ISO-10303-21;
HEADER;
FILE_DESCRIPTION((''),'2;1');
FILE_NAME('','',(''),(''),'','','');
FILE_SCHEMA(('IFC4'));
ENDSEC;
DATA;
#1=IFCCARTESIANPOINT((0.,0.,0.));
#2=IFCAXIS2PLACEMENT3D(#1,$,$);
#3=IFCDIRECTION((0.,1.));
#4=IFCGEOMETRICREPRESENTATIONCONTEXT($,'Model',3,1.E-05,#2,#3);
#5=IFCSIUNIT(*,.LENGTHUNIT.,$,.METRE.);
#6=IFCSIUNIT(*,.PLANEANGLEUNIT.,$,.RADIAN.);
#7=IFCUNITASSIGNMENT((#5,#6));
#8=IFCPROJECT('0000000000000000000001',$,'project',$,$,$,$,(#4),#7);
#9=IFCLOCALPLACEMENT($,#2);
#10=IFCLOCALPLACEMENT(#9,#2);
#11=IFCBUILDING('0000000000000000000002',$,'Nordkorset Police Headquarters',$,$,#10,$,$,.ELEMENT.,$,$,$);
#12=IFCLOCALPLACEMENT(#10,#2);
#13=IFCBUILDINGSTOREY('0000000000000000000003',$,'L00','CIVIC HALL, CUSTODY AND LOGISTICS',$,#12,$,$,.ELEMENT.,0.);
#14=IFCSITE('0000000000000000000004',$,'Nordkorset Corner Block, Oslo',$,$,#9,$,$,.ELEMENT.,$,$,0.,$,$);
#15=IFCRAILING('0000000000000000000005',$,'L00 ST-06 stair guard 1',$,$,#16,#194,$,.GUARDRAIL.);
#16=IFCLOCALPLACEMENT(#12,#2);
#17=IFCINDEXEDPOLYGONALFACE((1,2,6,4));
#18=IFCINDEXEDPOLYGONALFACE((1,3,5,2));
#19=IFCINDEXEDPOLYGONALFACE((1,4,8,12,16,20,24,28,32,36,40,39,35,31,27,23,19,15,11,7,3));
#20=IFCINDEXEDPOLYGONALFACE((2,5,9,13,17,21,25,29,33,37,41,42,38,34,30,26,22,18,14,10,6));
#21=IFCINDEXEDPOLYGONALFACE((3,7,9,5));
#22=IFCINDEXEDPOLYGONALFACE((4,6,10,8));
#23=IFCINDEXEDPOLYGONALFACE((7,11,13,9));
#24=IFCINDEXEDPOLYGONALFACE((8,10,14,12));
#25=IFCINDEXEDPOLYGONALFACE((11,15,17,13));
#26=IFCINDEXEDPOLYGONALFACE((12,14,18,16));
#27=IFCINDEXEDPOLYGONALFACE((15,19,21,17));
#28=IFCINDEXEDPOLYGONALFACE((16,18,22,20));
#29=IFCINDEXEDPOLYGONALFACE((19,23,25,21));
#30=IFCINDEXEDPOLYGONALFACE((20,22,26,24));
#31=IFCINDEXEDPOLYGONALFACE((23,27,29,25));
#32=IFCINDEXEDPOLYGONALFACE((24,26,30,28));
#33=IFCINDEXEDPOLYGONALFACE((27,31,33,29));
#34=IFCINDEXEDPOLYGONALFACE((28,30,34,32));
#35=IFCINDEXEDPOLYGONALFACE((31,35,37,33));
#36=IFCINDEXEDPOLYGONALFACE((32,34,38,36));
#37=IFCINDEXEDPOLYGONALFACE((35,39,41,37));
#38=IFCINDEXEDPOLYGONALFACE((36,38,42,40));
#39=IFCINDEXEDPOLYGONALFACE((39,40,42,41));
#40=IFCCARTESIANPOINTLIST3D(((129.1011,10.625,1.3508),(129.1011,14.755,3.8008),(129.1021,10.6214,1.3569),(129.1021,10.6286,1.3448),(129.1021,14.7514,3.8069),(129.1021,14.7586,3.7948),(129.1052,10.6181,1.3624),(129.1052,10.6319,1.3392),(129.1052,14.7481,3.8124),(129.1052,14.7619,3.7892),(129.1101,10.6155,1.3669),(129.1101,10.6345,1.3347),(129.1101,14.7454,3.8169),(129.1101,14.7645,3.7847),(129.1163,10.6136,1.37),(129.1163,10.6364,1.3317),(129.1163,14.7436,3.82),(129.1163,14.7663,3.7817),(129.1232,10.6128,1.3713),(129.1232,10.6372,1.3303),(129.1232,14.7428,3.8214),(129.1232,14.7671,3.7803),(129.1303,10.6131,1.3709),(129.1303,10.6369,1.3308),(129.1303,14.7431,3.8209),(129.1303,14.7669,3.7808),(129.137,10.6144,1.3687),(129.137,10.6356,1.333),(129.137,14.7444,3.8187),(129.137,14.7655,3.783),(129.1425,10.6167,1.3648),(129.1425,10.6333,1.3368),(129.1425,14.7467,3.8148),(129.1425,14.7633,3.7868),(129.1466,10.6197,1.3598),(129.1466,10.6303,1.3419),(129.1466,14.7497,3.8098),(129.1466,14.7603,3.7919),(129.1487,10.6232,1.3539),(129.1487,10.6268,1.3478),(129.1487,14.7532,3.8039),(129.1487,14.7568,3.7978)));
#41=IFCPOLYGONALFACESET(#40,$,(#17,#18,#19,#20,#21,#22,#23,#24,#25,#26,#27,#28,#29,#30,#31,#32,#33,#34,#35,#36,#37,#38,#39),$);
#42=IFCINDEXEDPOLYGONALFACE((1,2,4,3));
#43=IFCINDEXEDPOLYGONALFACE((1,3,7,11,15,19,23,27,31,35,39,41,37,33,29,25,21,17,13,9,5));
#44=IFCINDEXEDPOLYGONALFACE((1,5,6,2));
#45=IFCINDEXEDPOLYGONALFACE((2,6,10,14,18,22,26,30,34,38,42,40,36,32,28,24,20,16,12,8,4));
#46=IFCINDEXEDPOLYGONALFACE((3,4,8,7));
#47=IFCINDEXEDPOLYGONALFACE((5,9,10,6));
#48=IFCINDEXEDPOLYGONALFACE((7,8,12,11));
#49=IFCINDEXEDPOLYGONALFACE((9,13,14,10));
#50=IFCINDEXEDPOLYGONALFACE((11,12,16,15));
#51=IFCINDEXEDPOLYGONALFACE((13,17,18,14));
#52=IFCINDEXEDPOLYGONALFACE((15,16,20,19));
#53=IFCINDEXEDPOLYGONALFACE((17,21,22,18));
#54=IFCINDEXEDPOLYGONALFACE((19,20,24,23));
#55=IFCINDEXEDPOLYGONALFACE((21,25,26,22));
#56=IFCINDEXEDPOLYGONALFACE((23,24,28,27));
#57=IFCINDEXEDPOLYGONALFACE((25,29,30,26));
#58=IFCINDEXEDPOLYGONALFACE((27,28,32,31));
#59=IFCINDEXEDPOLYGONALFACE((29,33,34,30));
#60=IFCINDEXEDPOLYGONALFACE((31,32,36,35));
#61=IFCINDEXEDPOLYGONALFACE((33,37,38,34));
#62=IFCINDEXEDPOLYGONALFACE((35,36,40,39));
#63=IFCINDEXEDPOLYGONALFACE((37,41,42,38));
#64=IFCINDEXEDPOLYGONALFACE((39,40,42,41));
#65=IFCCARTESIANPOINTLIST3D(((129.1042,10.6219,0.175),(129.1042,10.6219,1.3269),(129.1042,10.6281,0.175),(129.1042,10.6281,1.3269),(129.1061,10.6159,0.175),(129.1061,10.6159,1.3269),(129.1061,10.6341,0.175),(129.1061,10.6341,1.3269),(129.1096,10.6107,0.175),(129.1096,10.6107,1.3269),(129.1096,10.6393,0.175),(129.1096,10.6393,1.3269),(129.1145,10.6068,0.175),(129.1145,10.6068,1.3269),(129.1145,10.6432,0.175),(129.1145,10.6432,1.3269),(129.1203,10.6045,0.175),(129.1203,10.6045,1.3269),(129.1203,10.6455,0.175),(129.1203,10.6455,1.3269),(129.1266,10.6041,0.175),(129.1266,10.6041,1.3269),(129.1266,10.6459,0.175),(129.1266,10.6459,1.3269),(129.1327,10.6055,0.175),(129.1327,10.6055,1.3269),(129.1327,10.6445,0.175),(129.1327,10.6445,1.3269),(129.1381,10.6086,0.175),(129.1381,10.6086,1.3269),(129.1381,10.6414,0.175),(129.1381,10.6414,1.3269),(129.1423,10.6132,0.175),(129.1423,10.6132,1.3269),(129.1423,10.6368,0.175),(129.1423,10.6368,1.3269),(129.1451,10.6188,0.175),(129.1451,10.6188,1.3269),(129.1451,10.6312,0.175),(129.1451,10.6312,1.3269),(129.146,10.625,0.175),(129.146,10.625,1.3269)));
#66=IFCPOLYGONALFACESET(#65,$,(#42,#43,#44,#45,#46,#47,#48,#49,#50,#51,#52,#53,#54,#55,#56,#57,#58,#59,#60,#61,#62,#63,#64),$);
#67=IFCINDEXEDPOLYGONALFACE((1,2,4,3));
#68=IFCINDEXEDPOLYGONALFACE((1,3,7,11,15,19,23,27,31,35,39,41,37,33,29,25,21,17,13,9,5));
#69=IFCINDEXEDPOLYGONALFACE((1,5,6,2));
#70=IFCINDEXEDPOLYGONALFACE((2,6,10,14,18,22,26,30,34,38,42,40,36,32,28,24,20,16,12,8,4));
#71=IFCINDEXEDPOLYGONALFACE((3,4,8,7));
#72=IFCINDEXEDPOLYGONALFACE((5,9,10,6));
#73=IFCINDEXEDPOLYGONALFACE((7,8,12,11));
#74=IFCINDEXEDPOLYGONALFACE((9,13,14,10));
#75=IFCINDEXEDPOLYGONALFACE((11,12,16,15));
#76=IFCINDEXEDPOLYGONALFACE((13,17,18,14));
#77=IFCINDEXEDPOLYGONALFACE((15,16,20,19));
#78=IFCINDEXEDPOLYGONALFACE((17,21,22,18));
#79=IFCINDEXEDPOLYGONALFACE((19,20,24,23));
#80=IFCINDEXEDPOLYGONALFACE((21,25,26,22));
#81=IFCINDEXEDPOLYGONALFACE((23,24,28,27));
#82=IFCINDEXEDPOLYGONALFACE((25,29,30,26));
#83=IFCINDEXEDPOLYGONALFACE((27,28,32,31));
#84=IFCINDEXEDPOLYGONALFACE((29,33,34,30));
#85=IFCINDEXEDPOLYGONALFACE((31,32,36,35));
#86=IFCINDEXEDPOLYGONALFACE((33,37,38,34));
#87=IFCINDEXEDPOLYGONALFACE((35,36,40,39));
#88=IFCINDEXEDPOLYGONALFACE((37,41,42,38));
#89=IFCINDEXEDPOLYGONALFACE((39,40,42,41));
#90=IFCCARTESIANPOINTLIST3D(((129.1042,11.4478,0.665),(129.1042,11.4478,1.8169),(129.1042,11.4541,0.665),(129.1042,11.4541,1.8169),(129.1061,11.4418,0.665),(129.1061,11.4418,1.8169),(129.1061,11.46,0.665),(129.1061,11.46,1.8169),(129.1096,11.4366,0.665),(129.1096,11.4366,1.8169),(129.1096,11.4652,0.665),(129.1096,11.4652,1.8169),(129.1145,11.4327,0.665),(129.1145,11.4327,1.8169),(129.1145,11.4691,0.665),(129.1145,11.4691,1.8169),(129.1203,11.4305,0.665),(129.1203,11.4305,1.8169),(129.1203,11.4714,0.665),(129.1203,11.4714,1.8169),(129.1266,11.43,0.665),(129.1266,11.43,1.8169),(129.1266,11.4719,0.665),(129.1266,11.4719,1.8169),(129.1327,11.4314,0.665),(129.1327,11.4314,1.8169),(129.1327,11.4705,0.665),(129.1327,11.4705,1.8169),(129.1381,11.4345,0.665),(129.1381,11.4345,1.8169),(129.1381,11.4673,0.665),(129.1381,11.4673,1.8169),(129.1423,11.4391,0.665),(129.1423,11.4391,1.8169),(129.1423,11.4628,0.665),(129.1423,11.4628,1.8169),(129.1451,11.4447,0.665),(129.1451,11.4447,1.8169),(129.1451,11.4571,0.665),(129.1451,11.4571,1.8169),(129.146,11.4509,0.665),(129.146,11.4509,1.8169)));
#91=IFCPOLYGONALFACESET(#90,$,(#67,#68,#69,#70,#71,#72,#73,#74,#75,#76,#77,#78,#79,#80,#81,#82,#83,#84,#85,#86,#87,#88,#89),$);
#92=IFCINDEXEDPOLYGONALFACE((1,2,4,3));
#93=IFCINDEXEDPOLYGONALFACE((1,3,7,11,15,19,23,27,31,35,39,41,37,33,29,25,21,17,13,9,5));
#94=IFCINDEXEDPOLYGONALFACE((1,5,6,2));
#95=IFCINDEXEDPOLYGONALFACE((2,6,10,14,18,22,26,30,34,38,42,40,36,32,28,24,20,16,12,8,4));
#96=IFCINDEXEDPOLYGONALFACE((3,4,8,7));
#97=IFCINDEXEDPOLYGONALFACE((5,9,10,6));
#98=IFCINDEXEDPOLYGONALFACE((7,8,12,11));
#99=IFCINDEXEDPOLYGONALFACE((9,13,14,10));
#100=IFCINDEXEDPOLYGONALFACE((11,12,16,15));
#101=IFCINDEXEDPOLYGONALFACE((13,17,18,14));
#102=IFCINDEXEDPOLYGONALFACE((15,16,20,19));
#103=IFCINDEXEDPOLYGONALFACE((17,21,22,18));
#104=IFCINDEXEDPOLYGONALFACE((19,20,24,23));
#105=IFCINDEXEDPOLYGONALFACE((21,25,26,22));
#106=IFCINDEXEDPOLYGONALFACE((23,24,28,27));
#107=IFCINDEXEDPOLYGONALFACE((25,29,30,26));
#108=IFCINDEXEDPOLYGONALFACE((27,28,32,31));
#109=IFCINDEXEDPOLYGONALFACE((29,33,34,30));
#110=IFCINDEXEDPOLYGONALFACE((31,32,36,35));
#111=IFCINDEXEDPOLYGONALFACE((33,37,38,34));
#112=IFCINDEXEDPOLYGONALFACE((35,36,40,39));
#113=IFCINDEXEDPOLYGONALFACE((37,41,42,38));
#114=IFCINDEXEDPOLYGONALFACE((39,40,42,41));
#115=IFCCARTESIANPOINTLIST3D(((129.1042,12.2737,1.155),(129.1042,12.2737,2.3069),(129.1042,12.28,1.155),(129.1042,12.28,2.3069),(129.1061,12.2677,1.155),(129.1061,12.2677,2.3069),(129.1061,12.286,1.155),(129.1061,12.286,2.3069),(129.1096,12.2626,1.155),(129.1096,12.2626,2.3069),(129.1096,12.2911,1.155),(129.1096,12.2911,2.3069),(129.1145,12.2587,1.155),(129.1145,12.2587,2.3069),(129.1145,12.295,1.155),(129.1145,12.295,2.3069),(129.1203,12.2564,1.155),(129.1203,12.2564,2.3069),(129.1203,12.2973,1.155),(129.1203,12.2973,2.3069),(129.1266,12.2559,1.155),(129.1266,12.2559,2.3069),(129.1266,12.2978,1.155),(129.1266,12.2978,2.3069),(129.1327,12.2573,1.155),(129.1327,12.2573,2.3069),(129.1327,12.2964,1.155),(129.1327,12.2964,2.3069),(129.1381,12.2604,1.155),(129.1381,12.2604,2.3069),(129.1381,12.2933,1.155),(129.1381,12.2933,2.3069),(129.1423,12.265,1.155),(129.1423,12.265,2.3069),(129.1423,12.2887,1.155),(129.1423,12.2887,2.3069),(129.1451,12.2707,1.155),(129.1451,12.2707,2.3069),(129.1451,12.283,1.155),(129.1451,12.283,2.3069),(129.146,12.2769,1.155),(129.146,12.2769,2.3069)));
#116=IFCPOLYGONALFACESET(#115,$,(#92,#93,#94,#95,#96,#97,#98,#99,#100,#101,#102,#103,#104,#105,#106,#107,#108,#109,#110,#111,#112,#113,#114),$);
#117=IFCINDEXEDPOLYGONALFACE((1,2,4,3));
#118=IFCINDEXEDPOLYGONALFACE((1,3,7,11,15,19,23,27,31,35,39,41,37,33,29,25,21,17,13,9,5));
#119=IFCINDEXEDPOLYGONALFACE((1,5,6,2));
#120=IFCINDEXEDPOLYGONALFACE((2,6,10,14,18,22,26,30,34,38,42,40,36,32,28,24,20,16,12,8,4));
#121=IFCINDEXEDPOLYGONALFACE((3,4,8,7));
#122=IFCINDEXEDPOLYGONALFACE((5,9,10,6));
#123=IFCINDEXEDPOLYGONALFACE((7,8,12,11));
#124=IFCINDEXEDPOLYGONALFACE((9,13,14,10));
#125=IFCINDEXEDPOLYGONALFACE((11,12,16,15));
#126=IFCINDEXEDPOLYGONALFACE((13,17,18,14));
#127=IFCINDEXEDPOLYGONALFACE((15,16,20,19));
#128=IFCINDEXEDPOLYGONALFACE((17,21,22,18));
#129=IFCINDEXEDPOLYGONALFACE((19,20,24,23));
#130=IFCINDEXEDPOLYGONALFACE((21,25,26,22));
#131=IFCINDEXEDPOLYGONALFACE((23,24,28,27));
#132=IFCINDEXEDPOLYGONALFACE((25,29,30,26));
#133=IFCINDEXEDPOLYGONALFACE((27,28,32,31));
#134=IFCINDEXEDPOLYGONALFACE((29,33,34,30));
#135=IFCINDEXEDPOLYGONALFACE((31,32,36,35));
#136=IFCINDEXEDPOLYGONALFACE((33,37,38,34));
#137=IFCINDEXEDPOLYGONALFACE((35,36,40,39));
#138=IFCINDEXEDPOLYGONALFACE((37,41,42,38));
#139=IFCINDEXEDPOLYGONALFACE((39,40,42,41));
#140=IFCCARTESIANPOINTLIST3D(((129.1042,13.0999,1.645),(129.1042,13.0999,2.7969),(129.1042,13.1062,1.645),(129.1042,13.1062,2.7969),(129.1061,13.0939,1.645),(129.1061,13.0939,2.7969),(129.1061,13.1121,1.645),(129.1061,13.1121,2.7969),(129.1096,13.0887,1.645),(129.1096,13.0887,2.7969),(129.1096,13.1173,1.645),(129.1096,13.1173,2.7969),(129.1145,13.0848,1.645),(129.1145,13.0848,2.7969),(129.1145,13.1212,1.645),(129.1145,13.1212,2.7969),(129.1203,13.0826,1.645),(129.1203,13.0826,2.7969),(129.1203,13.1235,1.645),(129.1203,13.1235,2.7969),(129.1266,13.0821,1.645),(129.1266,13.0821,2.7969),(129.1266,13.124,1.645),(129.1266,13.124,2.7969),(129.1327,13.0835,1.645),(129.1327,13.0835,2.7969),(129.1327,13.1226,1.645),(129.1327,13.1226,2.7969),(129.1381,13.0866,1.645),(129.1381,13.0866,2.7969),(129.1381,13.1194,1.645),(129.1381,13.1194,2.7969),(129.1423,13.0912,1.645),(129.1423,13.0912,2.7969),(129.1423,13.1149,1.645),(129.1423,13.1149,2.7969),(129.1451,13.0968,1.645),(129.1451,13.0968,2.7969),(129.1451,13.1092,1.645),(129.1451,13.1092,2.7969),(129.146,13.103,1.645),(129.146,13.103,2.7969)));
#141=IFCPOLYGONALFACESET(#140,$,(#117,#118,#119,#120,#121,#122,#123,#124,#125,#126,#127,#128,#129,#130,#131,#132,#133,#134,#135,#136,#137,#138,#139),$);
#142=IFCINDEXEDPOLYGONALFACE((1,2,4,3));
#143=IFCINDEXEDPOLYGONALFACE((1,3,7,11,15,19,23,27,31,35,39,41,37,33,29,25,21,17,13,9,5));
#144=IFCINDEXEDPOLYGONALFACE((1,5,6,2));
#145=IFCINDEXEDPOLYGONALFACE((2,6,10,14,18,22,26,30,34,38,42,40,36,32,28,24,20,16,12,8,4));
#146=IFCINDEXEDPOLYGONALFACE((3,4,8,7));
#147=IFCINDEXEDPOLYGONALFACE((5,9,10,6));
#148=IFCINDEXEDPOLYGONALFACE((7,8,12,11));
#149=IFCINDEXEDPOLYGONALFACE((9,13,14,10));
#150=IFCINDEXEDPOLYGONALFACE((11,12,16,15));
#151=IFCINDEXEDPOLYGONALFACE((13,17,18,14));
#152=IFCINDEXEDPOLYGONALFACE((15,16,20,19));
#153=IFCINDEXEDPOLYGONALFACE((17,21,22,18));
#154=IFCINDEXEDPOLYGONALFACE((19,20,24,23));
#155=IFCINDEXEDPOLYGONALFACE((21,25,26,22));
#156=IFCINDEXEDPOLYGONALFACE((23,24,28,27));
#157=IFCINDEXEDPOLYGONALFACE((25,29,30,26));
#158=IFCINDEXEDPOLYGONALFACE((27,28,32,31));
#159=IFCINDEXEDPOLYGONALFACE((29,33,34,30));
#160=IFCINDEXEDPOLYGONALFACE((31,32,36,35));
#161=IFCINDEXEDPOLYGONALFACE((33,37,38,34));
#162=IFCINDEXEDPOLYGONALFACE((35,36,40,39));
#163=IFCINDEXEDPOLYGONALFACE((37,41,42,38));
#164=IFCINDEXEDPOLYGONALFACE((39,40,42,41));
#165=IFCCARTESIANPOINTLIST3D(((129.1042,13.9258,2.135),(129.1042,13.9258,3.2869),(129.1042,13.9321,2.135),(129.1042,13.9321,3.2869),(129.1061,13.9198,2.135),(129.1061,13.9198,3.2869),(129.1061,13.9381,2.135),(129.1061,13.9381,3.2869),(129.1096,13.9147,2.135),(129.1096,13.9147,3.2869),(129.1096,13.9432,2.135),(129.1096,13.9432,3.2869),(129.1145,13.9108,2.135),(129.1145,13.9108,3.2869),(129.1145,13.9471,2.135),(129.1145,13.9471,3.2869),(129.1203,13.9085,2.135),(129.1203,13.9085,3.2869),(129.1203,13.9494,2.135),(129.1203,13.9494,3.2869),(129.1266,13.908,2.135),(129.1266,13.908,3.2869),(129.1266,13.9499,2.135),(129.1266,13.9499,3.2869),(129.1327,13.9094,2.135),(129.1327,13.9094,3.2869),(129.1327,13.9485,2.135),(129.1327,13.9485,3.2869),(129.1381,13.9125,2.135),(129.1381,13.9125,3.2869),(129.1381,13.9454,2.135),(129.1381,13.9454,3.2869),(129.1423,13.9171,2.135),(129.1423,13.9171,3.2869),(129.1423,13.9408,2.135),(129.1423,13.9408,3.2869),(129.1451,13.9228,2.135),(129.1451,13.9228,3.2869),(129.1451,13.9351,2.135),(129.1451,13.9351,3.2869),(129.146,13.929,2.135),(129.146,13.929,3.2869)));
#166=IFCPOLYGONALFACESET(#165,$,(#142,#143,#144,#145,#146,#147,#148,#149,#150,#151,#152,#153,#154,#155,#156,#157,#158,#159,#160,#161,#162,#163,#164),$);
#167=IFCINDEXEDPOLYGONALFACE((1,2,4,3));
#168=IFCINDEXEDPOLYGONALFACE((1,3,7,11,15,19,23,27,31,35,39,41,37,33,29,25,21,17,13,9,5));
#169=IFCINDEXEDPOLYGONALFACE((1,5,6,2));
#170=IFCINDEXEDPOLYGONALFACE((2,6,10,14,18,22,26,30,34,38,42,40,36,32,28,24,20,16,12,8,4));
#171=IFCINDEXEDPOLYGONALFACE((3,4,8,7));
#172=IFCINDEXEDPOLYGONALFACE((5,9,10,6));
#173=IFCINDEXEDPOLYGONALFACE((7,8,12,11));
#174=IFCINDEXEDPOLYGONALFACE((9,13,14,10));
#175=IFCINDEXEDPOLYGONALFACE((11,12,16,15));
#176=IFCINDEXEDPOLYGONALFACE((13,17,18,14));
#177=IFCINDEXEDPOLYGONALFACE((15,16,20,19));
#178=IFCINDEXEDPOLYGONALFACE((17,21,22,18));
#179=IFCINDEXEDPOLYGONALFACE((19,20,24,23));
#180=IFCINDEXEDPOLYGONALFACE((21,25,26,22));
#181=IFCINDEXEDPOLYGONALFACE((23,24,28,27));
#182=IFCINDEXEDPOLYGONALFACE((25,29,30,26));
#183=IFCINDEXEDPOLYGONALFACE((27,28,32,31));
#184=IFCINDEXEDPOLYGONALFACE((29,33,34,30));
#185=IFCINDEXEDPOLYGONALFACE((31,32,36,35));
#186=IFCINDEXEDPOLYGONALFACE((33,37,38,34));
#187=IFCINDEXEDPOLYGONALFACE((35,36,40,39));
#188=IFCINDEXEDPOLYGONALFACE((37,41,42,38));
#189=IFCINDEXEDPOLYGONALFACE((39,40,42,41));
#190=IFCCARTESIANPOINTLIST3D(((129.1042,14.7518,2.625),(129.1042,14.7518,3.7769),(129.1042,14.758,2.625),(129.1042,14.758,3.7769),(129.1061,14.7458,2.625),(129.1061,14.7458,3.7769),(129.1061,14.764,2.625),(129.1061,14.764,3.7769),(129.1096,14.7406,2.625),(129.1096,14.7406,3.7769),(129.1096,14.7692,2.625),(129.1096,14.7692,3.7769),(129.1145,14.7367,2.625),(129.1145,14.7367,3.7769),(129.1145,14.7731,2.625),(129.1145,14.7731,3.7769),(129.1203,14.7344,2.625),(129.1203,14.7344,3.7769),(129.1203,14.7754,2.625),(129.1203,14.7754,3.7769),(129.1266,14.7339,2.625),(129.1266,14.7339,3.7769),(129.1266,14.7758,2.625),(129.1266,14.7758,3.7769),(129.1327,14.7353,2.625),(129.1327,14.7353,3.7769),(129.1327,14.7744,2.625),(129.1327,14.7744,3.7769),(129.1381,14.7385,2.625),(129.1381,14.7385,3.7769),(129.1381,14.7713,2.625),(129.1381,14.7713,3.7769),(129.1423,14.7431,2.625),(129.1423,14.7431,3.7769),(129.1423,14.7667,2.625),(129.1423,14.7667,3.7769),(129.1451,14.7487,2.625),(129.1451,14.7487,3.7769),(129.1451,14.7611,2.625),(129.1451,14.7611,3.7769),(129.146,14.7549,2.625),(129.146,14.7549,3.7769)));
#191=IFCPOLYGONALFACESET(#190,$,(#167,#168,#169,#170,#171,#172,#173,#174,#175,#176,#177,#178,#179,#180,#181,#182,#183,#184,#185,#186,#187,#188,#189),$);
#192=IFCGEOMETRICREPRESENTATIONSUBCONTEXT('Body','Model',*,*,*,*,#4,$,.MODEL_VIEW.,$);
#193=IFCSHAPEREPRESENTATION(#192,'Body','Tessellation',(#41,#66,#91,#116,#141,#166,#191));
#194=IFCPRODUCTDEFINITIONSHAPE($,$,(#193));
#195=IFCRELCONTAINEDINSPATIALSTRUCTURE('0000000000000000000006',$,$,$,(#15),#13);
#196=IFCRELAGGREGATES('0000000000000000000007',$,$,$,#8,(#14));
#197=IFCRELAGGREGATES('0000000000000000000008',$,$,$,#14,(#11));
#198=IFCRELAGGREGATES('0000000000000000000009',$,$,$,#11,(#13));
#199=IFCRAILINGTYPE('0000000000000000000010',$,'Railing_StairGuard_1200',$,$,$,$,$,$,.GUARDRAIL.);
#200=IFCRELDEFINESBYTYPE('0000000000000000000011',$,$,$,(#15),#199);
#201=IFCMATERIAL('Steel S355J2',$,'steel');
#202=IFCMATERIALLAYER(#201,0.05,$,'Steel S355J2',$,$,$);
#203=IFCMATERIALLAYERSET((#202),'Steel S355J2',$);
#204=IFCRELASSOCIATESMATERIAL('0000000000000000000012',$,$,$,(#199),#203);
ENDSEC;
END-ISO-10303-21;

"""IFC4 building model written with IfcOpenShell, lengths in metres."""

from ifc_helpers import new_model, si_unit, direction, frame, origin, origin_2d, place, context, subcontext, project, spatial, circle, extrude, material, layer, layer_set, type_object, element, save


model = new_model("IFC4")

# Units and contexts
model_context = context("Model", 3, precision=1e-05, world=origin(), true_north=direction((0.0, 1.0)))
body_context = subcontext(model_context, "Body", "Model", "MODEL_VIEW")
ifc_project = project(units=[si_unit("LENGTHUNIT", "METRE"), si_unit("PLANEANGLEUNIT", "RADIAN")], contexts=[model_context])

# Site, building, storey
site_placement = place(None, origin())
site = spatial("IfcSite", under=ifc_project, at=site_placement, Name="Nordkorset Corner Block, Oslo", CompositionType="ELEMENT", RefElevation=0.0)
building_placement = place(site_placement, origin())
building = spatial("IfcBuilding", under=site, at=building_placement, Name="Nordkorset Police Headquarters", CompositionType="ELEMENT")
storey_placement = place(building_placement, origin())
storey = spatial("IfcBuildingStorey", under=building, at=storey_placement, Name="L00", Description="CIVIC HALL, CUSTODY AND LOGISTICS", CompositionType="ELEMENT", Elevation=0.0)

# Railing
ifc_material_1 = material(Name="Steel S355J2", Category="steel")
ifc_layer_1 = layer(ifc_material_1, 0.05, Name="Steel S355J2")
ifc_layer_set_1 = layer_set([ifc_layer_1], Name="Steel S355J2")
railing_type_1 = type_object("IfcRailingType", Name="Railing_StairGuard_1200", PredefinedType="GUARDRAIL", material=ifc_layer_set_1)
railing_1_placement = place(storey_placement, frame((129.125, 10.625, 0.175)))
element("IfcRailing", 1, at=railing_1_placement, inside=storey, type_object=railing_type_1, Name="L00 ST-06 stair guard 1", PredefinedType="GUARDRAIL", context=body_context, shape_type="SweptSolid", body=[
    extrude(circle(Radius=0.0239, at=origin_2d()), frame((0.0, 0.0, 1.1758), z_axis=(0.0, 0.860053, 0.510205), x_axis=(-1.0, 0.0, 0.0)), (0.0, 0.0, 1.0), 4.802),
    extrude(circle(Radius=0.021, at=origin_2d()), origin(), (0.0, 0.0, 1.0), 1.1519),
    extrude(circle(Radius=0.021, at=origin_2d()), frame((0.0, 0.8259, 0.49)), (0.0, 0.0, 1.0), 1.1519),
    extrude(circle(Radius=0.021, at=origin_2d()), frame((0.0, 1.6519, 0.98)), (0.0, 0.0, 1.0), 1.1519),
    extrude(circle(Radius=0.021, at=origin_2d()), frame((0.0, 2.478, 1.47)), (0.0, 0.0, 1.0), 1.1519),
    extrude(circle(Radius=0.021, at=origin_2d()), frame((0.0, 3.304, 1.96)), (0.0, 0.0, 1.0), 1.1519),
    extrude(circle(Radius=0.021, at=origin_2d()), frame((0.0, 4.1299, 2.45)), (0.0, 0.0, 1.0), 1.1519),
])

save(model, "model.ifc")
